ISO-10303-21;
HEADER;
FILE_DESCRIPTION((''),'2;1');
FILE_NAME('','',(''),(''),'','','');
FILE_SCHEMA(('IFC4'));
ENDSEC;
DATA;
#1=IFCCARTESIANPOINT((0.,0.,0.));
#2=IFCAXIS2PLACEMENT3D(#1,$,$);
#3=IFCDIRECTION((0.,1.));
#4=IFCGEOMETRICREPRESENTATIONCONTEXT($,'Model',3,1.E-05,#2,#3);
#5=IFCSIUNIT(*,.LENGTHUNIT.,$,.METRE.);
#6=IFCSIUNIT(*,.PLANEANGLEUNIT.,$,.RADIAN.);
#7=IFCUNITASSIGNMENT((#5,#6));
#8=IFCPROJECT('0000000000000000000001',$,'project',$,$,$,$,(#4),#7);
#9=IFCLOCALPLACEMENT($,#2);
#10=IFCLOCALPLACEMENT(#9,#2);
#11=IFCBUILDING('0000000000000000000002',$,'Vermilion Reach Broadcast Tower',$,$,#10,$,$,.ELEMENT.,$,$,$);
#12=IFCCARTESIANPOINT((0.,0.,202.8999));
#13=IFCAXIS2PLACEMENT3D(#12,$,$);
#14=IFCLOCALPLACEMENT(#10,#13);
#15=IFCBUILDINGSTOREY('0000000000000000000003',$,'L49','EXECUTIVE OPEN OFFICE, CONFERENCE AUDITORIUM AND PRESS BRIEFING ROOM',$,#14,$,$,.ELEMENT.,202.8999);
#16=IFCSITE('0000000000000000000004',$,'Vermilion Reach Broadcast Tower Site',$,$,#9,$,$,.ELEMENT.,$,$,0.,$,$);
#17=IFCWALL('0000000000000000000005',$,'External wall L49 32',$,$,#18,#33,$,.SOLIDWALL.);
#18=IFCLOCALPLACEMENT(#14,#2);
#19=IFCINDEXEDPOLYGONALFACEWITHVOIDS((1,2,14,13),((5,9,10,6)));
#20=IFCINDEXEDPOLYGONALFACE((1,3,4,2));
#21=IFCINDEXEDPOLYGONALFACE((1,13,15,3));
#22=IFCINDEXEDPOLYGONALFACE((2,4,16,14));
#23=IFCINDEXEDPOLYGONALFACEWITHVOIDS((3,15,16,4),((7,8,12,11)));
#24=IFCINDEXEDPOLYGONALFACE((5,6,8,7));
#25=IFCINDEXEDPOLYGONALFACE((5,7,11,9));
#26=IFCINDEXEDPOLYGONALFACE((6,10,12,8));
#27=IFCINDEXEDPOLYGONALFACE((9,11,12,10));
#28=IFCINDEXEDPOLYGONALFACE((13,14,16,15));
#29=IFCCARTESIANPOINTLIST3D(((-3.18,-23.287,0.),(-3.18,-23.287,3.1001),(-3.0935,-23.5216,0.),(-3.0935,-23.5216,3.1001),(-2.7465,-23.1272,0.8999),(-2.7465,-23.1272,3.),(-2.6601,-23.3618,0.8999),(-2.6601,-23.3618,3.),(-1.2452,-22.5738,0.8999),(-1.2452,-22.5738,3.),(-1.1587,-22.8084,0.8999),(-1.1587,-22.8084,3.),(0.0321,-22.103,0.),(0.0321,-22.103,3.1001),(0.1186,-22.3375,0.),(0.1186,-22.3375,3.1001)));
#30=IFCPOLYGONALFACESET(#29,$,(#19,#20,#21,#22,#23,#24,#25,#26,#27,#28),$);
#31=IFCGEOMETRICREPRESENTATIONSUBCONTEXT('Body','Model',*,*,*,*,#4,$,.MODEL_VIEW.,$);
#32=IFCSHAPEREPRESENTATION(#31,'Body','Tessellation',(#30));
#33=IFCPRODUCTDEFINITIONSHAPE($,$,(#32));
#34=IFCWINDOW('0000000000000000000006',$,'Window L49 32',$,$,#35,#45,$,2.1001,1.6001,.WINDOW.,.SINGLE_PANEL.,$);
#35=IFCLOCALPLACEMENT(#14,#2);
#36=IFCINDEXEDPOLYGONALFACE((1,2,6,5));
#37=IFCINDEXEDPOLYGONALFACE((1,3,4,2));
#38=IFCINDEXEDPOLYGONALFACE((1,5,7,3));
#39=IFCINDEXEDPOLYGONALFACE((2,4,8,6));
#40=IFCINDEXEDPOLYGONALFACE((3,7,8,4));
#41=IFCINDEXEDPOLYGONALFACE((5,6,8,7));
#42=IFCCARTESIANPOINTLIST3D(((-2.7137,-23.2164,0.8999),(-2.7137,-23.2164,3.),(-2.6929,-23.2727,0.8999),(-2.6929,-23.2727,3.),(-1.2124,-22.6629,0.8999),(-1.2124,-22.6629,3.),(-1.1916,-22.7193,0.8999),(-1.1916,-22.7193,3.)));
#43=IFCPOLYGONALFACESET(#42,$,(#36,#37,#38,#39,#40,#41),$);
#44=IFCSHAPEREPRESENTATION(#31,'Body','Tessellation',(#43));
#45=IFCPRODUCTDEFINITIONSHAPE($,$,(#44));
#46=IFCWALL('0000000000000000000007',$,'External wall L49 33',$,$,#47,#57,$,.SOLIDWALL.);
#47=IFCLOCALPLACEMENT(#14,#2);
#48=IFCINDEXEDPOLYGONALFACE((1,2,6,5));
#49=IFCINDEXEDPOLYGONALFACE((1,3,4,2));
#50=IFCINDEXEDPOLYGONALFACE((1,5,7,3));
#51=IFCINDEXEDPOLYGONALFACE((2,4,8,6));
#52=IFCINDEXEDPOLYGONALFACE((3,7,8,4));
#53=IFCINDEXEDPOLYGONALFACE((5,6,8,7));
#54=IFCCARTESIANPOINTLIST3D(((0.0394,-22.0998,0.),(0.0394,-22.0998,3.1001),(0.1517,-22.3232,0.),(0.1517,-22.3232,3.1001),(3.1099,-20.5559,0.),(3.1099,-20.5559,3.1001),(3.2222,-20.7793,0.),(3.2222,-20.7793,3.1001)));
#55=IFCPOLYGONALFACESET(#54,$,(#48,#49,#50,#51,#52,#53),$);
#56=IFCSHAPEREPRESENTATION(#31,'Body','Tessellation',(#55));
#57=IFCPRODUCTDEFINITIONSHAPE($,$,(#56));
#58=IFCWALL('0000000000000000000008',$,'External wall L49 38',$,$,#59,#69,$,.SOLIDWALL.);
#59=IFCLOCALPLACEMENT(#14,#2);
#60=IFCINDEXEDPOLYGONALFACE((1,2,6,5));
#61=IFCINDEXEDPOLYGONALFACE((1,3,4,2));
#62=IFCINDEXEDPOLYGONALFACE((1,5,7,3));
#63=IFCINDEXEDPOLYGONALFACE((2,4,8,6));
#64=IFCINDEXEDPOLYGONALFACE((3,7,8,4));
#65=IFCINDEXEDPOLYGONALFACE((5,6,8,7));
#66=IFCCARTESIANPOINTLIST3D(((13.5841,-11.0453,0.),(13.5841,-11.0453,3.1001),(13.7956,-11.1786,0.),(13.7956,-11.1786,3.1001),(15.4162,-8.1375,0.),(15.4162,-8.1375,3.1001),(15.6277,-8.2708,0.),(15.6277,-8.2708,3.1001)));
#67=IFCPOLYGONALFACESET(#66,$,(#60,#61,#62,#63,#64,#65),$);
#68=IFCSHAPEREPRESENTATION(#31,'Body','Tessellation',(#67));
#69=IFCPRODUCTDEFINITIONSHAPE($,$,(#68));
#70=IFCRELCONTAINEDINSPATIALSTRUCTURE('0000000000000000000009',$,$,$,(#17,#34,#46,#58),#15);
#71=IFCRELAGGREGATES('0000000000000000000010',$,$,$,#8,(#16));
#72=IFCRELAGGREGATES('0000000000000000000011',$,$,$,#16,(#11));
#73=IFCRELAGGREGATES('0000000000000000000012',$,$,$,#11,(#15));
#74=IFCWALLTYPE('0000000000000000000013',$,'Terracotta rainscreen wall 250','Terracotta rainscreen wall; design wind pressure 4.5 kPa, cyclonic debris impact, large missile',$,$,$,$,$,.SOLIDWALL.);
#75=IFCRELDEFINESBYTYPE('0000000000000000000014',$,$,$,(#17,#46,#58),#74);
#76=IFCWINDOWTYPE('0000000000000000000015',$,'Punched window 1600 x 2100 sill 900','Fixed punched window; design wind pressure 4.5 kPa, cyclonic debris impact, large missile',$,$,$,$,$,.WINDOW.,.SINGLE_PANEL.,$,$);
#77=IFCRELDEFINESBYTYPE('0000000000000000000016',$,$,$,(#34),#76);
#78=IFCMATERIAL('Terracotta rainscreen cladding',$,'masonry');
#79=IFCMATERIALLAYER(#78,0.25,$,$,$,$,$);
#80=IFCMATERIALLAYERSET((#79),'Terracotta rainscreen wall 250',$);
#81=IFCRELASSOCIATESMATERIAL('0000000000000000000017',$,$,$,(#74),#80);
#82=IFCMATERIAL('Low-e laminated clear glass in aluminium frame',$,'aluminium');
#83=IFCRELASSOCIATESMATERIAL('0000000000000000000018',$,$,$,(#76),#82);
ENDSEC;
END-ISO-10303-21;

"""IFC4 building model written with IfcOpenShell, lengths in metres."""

from ifc_helpers import new_model, si_unit, direction, frame, frame_2d, origin, place, context, subcontext, project, spatial, rectangle, extrude, material, layer, layer_set, type_object, element, fill, save


model = new_model("IFC4")

# Units and contexts
model_context = context("Model", 3, precision=1e-05, world=origin(), true_north=direction((0.0, 1.0)))
body_context = subcontext(model_context, "Body", "Model", "MODEL_VIEW")
ifc_project = project(units=[si_unit("LENGTHUNIT", "METRE"), si_unit("PLANEANGLEUNIT", "RADIAN")], contexts=[model_context])

# Site, building, storey
site_placement = place(None, origin())
site = spatial("IfcSite", under=ifc_project, at=site_placement, Name="Vermilion Reach Broadcast Tower Site", CompositionType="ELEMENT", RefElevation=0.0)
building_placement = place(site_placement, origin())
building = spatial("IfcBuilding", under=site, at=building_placement, Name="Vermilion Reach Broadcast Tower", CompositionType="ELEMENT")
storey_placement = place(building_placement, frame((0.0, 0.0, 202.8999)))
storey = spatial("IfcBuildingStorey", under=building, at=storey_placement, Name="L49", Description="EXECUTIVE OPEN OFFICE, CONFERENCE AUDITORIUM AND PRESS BRIEFING ROOM", CompositionType="ELEMENT", Elevation=202.8999)

# Wall, opening, window
ifc_material_1 = material(Name="Terracotta rainscreen cladding", Category="masonry")
ifc_layer_1 = layer(ifc_material_1, 0.25)
ifc_layer_set_1 = layer_set([ifc_layer_1], Name="Terracotta rainscreen wall 250")
wall_type_1 = type_object("IfcWallType", Name="Terracotta rainscreen wall 250", Description="Terracotta rainscreen wall; design wind pressure 4.5 kPa, cyclonic debris impact, large missile", PredefinedType="SOLIDWALL", material=ifc_layer_set_1)
wall_1_placement = place(storey_placement, frame((-3.1367, -23.4043, 0.0), z_axis=(0.0, 0.0, 1.0), x_axis=(0.938281, 0.345874, 0.0)))
wall_1 = element("IfcWall", 1, at=wall_1_placement, inside=storey, type_object=wall_type_1, Name="External wall L49 32", PredefinedType="SOLIDWALL", context=body_context, shape_type="SweptSolid", body=[
    extrude(rectangle(XDim=3.4233, YDim=0.25, at=frame_2d((1.7117, 0.0))), origin(), (0.0, 0.0, 1.0), 3.1001),
])
opening_placement = place(wall_1_placement, frame((0.4619, 0.0, 0.8999)))
opening = element("IfcOpeningElement", 2, at=opening_placement, cuts=wall_1, PredefinedType="OPENING", context=body_context, shape_type="SweptSolid", body=[
    extrude(rectangle(XDim=1.6001, YDim=2.1001, at=frame_2d((0.8, 1.05))), frame((0.0, 0.135, 0.0), z_axis=(0.0, -1.0, 0.0), x_axis=(1.0, 0.0, 0.0)), (0.0, 0.0, 1.0), 0.27),
])
ifc_material_2 = material(Name="Low-e laminated clear glass in aluminium frame", Category="aluminium")
window_type = type_object("IfcWindowType", Name="Punched window 1600 x 2100 sill 900", Description="Fixed punched window; design wind pressure 4.5 kPa, cyclonic debris impact, large missile", PartitioningType="SINGLE_PANEL", PredefinedType="WINDOW", material=ifc_material_2)
window_placement = place(opening_placement, origin())
window = element("IfcWindow", 3, at=window_placement, inside=storey, type_object=window_type, Name="Window L49 32", OverallHeight=2.1001, OverallWidth=1.6001, PartitioningType="SINGLE_PANEL", PredefinedType="WINDOW", context=body_context, shape_type="SweptSolid", body=[
    extrude(rectangle(XDim=1.6001, YDim=2.1001, at=frame_2d((0.8, 1.05))), frame((0.0, 0.03, 0.0), z_axis=(0.0, -1.0, 0.0), x_axis=(1.0, 0.0, 0.0)), (0.0, 0.0, 1.0), 0.0601),
])
fill(opening, window)

# Walls
for number, where, z_axis, x_axis, name in (
    (4, (0.0957, -22.2114, 0.0), (0.0, 0.0, 1.0), (0.893416, 0.44923, 0.0), "External wall L49 33"),
    (5, (13.6899, -11.1118, 0.0), (0.0, 0.0, 1.0), (0.533073, 0.846069, 0.0), "External wall L49 38"),
):
    element("IfcWall", number, at=place(storey_placement, frame(where, z_axis=z_axis, x_axis=x_axis)), inside=storey, type_object=wall_type_1, Name=name, PredefinedType="SOLIDWALL", context=body_context, shape_type="SweptSolid", body=[
        extrude(rectangle(XDim=3.4368, YDim=0.25, at=frame_2d((1.7183, 0.0))), origin(), (0.0, 0.0, 1.0), 3.1001),
    ])

save(model, "model.ifc")
